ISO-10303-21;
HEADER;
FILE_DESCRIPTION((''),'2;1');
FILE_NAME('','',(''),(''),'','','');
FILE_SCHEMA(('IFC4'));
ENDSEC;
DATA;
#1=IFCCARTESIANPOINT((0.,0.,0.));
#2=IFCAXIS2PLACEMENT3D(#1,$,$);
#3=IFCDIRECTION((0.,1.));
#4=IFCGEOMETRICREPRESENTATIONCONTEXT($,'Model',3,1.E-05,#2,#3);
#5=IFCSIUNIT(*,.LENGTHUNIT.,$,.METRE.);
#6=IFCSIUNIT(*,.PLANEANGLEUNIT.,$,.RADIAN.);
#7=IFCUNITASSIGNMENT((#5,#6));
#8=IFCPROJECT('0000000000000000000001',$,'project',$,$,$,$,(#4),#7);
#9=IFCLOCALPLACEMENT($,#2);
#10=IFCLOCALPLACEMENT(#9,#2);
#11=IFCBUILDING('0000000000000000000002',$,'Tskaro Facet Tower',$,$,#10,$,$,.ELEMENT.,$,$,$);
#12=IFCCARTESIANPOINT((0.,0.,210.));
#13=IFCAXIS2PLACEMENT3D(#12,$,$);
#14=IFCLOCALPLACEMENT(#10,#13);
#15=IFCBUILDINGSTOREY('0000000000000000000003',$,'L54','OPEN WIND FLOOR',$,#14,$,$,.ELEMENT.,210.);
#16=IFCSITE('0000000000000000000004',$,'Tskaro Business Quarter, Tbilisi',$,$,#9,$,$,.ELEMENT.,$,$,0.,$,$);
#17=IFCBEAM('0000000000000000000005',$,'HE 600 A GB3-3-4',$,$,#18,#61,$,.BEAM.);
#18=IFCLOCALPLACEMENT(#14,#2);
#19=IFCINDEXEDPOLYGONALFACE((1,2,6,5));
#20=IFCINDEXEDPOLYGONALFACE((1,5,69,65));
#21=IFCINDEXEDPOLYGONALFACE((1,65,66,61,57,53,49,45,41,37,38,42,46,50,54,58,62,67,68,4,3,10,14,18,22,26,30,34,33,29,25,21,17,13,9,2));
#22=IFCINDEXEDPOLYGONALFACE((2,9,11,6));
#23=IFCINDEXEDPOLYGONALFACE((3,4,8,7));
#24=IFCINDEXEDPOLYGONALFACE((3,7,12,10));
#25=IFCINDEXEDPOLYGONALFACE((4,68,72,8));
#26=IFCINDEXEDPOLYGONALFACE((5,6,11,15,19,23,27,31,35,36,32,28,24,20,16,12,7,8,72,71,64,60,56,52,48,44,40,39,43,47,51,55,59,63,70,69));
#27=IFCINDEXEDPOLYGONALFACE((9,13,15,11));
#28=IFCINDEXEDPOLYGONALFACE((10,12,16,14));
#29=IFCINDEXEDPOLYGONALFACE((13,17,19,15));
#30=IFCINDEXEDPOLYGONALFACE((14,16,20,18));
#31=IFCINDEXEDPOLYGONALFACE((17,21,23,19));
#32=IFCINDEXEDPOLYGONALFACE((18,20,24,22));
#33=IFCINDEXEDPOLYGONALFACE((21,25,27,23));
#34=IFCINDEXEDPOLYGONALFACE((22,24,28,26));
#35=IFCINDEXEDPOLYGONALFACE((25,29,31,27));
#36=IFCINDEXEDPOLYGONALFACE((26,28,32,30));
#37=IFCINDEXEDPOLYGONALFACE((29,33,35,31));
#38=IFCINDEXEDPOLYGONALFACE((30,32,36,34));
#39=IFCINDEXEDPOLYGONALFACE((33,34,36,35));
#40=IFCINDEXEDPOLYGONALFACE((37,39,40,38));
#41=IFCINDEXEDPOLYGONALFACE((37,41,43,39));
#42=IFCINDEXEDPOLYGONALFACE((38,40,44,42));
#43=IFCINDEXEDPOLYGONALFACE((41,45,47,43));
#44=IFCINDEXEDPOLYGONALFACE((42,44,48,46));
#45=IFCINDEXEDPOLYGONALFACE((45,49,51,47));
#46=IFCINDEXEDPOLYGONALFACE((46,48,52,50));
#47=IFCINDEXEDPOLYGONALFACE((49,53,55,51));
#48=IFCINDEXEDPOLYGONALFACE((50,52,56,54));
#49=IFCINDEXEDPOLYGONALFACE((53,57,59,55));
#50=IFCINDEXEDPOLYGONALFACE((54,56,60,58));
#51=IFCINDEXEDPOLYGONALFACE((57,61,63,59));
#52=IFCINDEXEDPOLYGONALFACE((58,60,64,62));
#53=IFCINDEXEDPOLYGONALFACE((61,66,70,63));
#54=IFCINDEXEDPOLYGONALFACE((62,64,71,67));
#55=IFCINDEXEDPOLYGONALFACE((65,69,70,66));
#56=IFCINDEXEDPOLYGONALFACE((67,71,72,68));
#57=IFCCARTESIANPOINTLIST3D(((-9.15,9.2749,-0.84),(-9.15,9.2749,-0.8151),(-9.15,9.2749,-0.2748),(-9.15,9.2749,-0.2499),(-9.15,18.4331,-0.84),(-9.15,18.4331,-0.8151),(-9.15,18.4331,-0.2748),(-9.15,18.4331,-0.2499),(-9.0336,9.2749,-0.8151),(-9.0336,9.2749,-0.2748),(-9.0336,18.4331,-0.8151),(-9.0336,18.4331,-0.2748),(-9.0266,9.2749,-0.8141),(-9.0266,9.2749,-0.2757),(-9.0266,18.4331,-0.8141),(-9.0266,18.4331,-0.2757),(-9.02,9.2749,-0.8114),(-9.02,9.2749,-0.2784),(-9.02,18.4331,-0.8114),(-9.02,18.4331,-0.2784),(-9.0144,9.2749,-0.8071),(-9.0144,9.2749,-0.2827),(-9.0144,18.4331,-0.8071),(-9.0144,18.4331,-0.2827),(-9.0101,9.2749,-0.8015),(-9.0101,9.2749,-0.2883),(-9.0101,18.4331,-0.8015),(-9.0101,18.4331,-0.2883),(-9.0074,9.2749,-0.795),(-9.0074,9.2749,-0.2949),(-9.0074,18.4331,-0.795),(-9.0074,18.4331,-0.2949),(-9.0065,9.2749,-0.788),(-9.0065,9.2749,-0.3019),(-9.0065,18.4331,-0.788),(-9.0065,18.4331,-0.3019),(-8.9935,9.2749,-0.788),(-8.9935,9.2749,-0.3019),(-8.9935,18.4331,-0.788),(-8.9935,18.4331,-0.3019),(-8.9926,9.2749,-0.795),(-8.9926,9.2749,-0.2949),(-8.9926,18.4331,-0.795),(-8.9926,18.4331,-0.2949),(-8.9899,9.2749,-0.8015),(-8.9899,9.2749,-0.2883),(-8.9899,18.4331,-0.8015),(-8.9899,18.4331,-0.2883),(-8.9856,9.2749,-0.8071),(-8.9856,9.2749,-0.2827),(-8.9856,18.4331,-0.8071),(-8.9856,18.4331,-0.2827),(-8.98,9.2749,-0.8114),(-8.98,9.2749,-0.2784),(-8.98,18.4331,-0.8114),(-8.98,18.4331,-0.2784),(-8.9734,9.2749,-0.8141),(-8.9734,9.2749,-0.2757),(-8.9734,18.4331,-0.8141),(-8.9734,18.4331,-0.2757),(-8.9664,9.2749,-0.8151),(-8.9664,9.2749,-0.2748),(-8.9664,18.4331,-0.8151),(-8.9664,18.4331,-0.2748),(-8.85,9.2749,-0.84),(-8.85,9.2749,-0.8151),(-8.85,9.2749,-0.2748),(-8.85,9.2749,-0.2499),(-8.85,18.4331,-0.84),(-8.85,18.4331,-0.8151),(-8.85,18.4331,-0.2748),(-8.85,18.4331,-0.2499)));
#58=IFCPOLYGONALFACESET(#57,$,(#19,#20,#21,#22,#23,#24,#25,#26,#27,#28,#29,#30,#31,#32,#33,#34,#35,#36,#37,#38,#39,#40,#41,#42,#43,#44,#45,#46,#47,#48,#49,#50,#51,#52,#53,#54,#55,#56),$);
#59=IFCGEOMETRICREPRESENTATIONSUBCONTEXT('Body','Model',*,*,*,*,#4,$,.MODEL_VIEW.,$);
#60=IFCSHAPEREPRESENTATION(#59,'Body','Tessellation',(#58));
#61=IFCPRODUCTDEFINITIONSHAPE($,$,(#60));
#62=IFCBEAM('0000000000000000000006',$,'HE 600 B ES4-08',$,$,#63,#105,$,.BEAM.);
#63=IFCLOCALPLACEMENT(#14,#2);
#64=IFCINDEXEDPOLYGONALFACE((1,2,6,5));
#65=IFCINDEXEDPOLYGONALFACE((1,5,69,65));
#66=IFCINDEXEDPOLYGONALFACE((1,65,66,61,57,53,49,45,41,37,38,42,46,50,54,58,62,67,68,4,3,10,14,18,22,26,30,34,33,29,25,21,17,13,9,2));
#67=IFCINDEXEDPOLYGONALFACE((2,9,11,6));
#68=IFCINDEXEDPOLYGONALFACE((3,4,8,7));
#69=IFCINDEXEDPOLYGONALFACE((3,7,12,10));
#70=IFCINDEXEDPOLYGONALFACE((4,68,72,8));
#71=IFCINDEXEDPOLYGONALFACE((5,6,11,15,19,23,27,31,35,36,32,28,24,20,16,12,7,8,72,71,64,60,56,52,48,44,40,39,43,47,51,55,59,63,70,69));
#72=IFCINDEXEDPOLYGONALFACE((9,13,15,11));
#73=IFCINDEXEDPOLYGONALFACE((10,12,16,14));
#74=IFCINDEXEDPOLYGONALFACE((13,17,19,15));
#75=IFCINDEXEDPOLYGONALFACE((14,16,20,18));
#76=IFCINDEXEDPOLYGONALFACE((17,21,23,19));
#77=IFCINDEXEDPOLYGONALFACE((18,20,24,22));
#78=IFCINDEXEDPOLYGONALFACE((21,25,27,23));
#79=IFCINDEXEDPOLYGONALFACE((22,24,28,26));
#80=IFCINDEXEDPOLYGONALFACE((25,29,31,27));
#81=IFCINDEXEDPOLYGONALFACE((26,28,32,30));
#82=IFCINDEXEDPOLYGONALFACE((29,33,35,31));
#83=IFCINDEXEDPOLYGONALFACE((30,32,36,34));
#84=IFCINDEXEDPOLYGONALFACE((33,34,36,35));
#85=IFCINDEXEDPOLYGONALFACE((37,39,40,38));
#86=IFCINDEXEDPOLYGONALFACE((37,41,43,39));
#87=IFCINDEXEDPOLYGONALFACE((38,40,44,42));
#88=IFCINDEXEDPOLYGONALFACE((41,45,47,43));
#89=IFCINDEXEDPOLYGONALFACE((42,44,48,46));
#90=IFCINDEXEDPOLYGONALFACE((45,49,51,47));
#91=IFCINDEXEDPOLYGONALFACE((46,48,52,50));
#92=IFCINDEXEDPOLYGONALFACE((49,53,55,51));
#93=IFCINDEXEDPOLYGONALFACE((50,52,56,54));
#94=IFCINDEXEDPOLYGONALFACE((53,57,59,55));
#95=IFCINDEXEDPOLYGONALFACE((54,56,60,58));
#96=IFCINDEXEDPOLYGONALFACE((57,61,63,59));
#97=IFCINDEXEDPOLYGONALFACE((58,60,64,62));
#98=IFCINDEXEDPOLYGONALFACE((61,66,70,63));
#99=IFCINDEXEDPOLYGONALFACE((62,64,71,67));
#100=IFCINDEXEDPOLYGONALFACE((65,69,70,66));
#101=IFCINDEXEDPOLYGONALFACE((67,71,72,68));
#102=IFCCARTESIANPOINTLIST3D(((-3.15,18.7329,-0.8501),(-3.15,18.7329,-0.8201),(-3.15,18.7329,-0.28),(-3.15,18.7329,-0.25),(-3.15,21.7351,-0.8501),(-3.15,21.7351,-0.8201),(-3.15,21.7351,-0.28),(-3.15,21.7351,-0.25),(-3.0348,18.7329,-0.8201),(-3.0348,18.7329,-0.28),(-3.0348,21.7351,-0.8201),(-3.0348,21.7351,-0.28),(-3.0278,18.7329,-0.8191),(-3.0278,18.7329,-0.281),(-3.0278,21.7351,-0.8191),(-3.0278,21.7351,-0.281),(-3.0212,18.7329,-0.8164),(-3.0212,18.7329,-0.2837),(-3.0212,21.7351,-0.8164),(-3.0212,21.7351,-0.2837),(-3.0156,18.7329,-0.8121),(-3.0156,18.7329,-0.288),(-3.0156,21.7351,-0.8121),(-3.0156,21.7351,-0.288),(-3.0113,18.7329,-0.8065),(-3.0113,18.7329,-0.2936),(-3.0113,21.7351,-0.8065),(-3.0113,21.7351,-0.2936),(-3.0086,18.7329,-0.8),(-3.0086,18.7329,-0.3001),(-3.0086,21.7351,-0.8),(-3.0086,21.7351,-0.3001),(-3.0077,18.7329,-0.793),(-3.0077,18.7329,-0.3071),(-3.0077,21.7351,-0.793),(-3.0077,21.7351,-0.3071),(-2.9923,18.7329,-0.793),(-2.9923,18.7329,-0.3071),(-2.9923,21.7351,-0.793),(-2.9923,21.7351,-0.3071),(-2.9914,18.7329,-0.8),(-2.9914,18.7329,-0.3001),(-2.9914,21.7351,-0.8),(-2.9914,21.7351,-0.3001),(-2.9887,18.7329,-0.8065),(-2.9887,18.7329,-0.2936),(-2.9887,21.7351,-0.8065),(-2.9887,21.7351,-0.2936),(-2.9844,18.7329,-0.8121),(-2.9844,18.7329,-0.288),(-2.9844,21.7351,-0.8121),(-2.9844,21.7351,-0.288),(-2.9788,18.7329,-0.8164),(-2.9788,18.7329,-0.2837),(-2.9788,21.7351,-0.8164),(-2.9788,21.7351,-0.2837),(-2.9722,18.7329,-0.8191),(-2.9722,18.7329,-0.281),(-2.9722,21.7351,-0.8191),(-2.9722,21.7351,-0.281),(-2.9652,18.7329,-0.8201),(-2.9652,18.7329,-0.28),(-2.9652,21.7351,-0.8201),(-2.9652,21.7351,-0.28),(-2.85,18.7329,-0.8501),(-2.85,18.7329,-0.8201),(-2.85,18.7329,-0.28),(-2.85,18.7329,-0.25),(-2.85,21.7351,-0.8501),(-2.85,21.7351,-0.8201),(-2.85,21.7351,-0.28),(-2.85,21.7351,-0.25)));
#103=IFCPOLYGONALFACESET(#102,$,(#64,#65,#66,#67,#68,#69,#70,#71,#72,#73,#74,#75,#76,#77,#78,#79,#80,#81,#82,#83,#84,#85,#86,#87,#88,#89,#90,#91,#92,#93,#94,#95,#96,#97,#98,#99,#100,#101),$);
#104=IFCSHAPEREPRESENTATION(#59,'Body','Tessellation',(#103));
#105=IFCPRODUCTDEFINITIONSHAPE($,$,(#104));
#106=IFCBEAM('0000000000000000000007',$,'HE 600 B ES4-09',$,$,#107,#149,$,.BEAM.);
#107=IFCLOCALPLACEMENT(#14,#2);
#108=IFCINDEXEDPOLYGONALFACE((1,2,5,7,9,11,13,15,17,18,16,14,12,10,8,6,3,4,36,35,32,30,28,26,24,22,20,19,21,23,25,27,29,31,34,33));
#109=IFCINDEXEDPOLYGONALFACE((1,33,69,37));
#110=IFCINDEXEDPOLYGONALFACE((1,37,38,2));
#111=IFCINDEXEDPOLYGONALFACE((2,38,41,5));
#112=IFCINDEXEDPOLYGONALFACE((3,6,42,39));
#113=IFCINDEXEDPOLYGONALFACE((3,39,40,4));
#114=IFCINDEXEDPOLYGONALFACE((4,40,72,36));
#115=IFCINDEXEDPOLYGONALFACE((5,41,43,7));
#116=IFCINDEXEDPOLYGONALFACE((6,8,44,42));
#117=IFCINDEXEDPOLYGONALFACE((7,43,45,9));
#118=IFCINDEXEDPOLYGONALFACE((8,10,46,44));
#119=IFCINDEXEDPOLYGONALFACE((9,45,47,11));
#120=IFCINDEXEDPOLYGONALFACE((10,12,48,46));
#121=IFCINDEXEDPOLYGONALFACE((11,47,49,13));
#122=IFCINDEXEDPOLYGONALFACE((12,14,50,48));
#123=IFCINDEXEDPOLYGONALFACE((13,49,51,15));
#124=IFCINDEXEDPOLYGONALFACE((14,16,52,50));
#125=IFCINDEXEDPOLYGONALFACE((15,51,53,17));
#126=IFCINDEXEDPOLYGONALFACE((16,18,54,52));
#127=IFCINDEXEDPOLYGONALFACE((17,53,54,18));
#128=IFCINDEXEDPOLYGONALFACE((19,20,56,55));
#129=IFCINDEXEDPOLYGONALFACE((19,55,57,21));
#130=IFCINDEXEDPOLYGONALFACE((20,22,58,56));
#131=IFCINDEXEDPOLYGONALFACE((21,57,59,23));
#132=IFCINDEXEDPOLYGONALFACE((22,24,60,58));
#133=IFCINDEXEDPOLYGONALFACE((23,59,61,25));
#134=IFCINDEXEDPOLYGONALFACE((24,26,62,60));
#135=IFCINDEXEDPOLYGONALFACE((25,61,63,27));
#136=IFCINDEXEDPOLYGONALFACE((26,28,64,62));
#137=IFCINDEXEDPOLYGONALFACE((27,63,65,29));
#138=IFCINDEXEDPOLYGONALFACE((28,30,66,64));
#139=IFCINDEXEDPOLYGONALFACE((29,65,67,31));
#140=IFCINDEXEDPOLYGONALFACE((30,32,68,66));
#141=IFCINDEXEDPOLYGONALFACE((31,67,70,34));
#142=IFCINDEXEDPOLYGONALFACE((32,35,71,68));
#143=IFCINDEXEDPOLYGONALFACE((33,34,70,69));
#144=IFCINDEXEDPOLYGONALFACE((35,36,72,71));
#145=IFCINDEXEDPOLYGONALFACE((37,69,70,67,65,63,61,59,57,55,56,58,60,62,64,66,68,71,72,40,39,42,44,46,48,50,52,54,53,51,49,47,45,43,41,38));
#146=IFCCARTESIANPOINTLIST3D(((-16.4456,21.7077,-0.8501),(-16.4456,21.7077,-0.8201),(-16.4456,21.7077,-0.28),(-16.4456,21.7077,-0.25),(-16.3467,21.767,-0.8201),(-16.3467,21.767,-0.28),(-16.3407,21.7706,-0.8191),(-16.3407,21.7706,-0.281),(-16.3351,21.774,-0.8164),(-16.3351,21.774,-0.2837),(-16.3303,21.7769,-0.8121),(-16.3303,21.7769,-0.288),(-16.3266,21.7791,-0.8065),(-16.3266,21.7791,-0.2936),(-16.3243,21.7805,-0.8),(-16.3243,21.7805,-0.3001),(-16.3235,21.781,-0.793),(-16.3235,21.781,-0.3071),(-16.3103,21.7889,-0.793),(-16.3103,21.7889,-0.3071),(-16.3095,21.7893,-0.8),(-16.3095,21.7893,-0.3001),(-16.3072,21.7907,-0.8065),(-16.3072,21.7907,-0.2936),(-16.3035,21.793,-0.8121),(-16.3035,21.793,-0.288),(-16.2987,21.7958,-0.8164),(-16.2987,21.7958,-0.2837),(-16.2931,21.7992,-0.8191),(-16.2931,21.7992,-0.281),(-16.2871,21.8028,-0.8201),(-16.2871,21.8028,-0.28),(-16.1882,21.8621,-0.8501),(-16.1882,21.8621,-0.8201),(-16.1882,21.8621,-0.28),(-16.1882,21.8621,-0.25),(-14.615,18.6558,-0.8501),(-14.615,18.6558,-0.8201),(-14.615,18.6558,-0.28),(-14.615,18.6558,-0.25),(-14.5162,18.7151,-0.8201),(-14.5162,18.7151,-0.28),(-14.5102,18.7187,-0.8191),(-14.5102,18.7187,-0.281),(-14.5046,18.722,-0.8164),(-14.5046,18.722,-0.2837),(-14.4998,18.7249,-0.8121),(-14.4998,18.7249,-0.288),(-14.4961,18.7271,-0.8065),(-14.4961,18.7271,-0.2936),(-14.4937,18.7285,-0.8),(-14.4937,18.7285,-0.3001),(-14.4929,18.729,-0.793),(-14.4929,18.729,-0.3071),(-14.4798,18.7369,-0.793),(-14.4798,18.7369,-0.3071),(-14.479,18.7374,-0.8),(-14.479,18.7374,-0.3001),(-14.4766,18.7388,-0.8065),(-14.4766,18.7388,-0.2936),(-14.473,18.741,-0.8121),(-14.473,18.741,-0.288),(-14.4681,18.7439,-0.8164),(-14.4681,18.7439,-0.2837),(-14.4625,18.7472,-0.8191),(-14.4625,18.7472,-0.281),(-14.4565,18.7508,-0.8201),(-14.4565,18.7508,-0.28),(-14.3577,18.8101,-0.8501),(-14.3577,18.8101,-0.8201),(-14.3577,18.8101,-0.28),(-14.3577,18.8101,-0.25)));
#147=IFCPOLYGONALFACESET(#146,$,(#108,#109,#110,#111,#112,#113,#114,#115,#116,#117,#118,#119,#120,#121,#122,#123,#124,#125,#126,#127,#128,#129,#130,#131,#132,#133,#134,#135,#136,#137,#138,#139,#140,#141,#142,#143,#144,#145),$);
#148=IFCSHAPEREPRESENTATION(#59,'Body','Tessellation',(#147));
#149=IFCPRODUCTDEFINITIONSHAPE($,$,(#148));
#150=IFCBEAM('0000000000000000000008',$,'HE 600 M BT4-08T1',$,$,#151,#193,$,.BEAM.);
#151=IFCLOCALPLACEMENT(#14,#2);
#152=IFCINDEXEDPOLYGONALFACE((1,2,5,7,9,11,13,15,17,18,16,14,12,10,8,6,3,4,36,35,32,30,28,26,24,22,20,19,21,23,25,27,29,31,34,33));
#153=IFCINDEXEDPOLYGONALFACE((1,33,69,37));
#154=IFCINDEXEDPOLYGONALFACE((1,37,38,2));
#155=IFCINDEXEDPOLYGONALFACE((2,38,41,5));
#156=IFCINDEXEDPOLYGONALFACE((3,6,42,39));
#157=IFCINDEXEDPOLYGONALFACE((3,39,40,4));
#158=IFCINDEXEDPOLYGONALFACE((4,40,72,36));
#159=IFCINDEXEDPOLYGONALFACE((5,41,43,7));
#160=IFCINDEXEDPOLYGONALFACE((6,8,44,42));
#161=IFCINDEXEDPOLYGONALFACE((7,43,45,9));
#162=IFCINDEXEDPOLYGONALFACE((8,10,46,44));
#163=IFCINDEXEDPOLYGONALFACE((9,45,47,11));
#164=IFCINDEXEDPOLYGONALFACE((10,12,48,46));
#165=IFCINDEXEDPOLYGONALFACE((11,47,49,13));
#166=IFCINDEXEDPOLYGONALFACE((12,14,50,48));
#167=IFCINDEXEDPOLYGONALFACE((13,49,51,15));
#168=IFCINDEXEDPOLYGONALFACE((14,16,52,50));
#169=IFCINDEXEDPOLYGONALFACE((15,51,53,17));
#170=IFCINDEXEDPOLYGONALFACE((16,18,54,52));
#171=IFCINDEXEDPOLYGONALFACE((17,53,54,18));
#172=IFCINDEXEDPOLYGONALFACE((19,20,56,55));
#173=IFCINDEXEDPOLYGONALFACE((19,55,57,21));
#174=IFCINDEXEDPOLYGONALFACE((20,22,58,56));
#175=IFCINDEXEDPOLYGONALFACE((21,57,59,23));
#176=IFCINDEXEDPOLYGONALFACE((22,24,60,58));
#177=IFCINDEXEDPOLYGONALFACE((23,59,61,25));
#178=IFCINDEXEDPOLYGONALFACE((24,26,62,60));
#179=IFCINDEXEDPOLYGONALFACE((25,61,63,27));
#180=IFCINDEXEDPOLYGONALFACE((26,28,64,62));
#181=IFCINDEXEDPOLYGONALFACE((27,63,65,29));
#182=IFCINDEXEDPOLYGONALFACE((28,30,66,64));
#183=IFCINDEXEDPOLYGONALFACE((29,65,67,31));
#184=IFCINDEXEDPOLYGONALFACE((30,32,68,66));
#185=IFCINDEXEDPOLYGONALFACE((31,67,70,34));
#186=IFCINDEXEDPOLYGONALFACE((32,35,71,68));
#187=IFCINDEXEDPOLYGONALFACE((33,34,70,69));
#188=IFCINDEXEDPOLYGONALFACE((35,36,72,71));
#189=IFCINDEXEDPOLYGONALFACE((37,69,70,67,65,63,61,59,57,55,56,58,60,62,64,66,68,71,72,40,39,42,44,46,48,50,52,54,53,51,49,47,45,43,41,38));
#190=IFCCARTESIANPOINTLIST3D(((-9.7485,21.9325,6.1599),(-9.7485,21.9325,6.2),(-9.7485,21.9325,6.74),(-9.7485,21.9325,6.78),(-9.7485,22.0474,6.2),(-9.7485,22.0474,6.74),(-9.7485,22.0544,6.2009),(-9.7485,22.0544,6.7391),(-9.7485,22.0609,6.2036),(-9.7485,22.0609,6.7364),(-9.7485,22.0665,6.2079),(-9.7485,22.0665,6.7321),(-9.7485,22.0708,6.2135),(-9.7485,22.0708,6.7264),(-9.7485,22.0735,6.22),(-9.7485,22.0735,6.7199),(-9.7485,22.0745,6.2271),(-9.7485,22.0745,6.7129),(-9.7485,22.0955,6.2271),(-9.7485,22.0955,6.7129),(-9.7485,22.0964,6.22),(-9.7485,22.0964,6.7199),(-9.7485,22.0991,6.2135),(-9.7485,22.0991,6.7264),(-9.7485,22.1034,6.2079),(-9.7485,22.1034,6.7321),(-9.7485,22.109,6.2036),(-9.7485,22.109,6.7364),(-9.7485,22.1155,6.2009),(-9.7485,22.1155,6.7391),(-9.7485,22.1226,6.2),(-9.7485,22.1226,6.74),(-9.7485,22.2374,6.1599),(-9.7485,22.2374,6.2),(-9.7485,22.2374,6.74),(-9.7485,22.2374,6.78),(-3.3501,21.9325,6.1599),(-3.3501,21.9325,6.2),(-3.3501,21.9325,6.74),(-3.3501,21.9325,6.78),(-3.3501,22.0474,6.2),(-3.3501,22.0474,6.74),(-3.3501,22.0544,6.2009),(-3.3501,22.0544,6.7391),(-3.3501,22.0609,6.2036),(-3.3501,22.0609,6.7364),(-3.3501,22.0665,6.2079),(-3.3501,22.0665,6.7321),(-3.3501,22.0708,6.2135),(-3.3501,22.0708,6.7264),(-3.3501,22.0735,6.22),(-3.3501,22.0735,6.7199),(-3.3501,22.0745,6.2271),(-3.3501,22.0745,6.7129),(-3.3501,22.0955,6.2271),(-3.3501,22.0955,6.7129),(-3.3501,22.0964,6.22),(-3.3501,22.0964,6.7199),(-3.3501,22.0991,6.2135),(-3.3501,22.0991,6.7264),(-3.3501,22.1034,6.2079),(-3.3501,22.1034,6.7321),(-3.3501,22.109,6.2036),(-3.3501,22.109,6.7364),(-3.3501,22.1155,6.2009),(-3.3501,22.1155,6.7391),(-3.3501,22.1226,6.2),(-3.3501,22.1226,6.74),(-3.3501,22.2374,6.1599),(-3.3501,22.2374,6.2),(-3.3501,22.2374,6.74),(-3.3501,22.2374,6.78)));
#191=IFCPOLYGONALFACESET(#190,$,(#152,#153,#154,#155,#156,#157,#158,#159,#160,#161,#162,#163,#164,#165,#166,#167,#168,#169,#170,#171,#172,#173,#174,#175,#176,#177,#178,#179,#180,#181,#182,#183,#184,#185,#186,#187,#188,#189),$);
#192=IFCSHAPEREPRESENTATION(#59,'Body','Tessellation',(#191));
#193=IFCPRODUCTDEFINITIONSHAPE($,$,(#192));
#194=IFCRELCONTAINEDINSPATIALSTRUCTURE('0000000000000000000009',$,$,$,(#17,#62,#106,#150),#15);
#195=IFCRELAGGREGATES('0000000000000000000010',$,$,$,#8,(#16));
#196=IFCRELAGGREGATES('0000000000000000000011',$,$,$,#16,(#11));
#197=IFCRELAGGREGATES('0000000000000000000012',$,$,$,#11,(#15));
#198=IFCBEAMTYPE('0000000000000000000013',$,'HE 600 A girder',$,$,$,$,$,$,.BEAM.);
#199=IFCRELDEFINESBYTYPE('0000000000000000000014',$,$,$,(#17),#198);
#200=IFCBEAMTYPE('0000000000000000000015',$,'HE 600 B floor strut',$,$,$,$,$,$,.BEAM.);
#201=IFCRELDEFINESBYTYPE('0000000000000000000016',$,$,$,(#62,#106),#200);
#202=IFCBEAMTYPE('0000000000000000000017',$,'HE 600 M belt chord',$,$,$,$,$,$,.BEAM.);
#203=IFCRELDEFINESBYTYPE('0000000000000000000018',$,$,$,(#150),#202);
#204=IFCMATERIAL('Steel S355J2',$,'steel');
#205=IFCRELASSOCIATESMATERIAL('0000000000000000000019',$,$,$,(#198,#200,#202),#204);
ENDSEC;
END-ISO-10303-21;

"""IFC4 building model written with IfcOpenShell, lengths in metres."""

from ifc_helpers import new_model, si_unit, direction, frame, origin, origin_2d, place, context, subcontext, project, spatial, i_section, extrude, material, material_profile, profile_set, type_object, element, save


model = new_model("IFC4")

# Units and contexts
model_context = context("Model", 3, precision=1e-05, world=origin(), true_north=direction((0.0, 1.0)))
body_context = subcontext(model_context, "Body", "Model", "MODEL_VIEW")
ifc_project = project(units=[si_unit("LENGTHUNIT", "METRE"), si_unit("PLANEANGLEUNIT", "RADIAN")], contexts=[model_context])

# Site, building, storey
site_placement = place(None, origin())
site = spatial("IfcSite", under=ifc_project, at=site_placement, Name="Tskaro Business Quarter, Tbilisi", CompositionType="ELEMENT", RefElevation=0.0)
building_placement = place(site_placement, origin())
building = spatial("IfcBuilding", under=site, at=building_placement, Name="Tskaro Facet Tower", CompositionType="ELEMENT")
storey_placement = place(building_placement, frame((0.0, 0.0, 210.0)))
storey = spatial("IfcBuildingStorey", under=building, at=storey_placement, Name="L54", Description="OPEN WIND FLOOR", CompositionType="ELEMENT", Elevation=210.0)

# Shared definitions
ifc_material_1 = material(Name="Steel S355J2", Category="steel")

# Beams
ifc_material_profile_1 = material_profile(ifc_material_1, i_section(OverallWidth=0.3, OverallDepth=0.5901, WebThickness=0.0129, FlangeThickness=0.0249, FilletRadius=0.0271, at=origin_2d()), Name="HE 600 A")
ifc_profile_set_1 = profile_set([ifc_material_profile_1], Name="Steel S355J2")
beam_type_1 = type_object("IfcBeamType", Name="HE 600 A girder", PredefinedType="BEAM", material=ifc_profile_set_1)
beam_1_placement = place(storey_placement, frame((-9.0, 9.2749, -0.5449), z_axis=(0.0, 1.0, 0.0), x_axis=(-1.0, 0.0, 0.0)))
element("IfcBeam", 1, at=beam_1_placement, inside=storey, type_object=beam_type_1, Name="HE 600 A GB3-3-4", PredefinedType="BEAM", context=body_context, shape_type="SweptSolid", body=[
    extrude(i_section(OverallWidth=0.3, OverallDepth=0.5901, WebThickness=0.0129, FlangeThickness=0.0249, FilletRadius=0.0271, at=origin_2d()), origin(), (0.0, 0.0, 1.0), 9.1582),
])
ifc_material_profile_2 = material_profile(ifc_material_1, i_section(OverallWidth=0.3, OverallDepth=0.6001, WebThickness=0.0154, FlangeThickness=0.03, FilletRadius=0.0271, at=origin_2d()), Name="HE 600 B")
ifc_profile_set_2 = profile_set([ifc_material_profile_2], Name="Steel S355J2")
beam_type_2 = type_object("IfcBeamType", Name="HE 600 B floor strut", PredefinedType="BEAM", material=ifc_profile_set_2)
beam_2_placement = place(storey_placement, frame((-3.0, 21.7351, -0.55), z_axis=(0.0, -1.0, 0.0), x_axis=(1.0, 0.0, 0.0)))
element("IfcBeam", 2, at=beam_2_placement, inside=storey, type_object=beam_type_2, Name="HE 600 B ES4-08", PredefinedType="BEAM", context=body_context, shape_type="SweptSolid", body=[
    extrude(i_section(OverallWidth=0.3, OverallDepth=0.6001, WebThickness=0.0154, FlangeThickness=0.03, FilletRadius=0.0271, at=origin_2d()), origin(), (0.0, 0.0, 1.0), 3.0022),
])
beam_3_placement = place(storey_placement, frame((-16.3169, 21.7849, -0.55), z_axis=(0.514365, -0.857572, 0.0), x_axis=(0.857572, 0.514365, 0.0)))
element("IfcBeam", 3, at=beam_3_placement, inside=storey, type_object=beam_type_2, Name="HE 600 B ES4-09", PredefinedType="BEAM", context=body_context, shape_type="SweptSolid", body=[
    extrude(i_section(OverallWidth=0.3, OverallDepth=0.6001, WebThickness=0.0154, FlangeThickness=0.03, FilletRadius=0.0271, at=origin_2d()), origin(), (0.0, 0.0, 1.0), 3.5588),
])
ifc_material_profile_3 = material_profile(ifc_material_1, i_section(OverallWidth=0.3049, OverallDepth=0.6201, WebThickness=0.021, FlangeThickness=0.04, FilletRadius=0.0271, at=origin_2d()), Name="HE 600 M")
ifc_profile_set_3 = profile_set([ifc_material_profile_3], Name="Steel S355J2")
beam_type_3 = type_object("IfcBeamType", Name="HE 600 M belt chord", PredefinedType="BEAM", material=ifc_profile_set_3)
for number, where, z_axis, x_axis, name in (
    (4, (-3.3501, 22.085, 6.47), (-1.0, 0.0, 0.0), (0.0, -1.0, 0.0), "HE 600 M BT4-08T1"),
):
    element("IfcBeam", number, at=place(storey_placement, frame(where, z_axis=z_axis, x_axis=x_axis)), inside=storey, type_object=beam_type_3, Name=name, PredefinedType="BEAM", context=body_context, shape_type="SweptSolid", body=[
        extrude(i_section(OverallWidth=0.3049, OverallDepth=0.6201, WebThickness=0.021, FlangeThickness=0.04, FilletRadius=0.0271, at=origin_2d()), origin(), (0.0, 0.0, 1.0), 6.3984),
    ])

save(model, "model.ifc")
